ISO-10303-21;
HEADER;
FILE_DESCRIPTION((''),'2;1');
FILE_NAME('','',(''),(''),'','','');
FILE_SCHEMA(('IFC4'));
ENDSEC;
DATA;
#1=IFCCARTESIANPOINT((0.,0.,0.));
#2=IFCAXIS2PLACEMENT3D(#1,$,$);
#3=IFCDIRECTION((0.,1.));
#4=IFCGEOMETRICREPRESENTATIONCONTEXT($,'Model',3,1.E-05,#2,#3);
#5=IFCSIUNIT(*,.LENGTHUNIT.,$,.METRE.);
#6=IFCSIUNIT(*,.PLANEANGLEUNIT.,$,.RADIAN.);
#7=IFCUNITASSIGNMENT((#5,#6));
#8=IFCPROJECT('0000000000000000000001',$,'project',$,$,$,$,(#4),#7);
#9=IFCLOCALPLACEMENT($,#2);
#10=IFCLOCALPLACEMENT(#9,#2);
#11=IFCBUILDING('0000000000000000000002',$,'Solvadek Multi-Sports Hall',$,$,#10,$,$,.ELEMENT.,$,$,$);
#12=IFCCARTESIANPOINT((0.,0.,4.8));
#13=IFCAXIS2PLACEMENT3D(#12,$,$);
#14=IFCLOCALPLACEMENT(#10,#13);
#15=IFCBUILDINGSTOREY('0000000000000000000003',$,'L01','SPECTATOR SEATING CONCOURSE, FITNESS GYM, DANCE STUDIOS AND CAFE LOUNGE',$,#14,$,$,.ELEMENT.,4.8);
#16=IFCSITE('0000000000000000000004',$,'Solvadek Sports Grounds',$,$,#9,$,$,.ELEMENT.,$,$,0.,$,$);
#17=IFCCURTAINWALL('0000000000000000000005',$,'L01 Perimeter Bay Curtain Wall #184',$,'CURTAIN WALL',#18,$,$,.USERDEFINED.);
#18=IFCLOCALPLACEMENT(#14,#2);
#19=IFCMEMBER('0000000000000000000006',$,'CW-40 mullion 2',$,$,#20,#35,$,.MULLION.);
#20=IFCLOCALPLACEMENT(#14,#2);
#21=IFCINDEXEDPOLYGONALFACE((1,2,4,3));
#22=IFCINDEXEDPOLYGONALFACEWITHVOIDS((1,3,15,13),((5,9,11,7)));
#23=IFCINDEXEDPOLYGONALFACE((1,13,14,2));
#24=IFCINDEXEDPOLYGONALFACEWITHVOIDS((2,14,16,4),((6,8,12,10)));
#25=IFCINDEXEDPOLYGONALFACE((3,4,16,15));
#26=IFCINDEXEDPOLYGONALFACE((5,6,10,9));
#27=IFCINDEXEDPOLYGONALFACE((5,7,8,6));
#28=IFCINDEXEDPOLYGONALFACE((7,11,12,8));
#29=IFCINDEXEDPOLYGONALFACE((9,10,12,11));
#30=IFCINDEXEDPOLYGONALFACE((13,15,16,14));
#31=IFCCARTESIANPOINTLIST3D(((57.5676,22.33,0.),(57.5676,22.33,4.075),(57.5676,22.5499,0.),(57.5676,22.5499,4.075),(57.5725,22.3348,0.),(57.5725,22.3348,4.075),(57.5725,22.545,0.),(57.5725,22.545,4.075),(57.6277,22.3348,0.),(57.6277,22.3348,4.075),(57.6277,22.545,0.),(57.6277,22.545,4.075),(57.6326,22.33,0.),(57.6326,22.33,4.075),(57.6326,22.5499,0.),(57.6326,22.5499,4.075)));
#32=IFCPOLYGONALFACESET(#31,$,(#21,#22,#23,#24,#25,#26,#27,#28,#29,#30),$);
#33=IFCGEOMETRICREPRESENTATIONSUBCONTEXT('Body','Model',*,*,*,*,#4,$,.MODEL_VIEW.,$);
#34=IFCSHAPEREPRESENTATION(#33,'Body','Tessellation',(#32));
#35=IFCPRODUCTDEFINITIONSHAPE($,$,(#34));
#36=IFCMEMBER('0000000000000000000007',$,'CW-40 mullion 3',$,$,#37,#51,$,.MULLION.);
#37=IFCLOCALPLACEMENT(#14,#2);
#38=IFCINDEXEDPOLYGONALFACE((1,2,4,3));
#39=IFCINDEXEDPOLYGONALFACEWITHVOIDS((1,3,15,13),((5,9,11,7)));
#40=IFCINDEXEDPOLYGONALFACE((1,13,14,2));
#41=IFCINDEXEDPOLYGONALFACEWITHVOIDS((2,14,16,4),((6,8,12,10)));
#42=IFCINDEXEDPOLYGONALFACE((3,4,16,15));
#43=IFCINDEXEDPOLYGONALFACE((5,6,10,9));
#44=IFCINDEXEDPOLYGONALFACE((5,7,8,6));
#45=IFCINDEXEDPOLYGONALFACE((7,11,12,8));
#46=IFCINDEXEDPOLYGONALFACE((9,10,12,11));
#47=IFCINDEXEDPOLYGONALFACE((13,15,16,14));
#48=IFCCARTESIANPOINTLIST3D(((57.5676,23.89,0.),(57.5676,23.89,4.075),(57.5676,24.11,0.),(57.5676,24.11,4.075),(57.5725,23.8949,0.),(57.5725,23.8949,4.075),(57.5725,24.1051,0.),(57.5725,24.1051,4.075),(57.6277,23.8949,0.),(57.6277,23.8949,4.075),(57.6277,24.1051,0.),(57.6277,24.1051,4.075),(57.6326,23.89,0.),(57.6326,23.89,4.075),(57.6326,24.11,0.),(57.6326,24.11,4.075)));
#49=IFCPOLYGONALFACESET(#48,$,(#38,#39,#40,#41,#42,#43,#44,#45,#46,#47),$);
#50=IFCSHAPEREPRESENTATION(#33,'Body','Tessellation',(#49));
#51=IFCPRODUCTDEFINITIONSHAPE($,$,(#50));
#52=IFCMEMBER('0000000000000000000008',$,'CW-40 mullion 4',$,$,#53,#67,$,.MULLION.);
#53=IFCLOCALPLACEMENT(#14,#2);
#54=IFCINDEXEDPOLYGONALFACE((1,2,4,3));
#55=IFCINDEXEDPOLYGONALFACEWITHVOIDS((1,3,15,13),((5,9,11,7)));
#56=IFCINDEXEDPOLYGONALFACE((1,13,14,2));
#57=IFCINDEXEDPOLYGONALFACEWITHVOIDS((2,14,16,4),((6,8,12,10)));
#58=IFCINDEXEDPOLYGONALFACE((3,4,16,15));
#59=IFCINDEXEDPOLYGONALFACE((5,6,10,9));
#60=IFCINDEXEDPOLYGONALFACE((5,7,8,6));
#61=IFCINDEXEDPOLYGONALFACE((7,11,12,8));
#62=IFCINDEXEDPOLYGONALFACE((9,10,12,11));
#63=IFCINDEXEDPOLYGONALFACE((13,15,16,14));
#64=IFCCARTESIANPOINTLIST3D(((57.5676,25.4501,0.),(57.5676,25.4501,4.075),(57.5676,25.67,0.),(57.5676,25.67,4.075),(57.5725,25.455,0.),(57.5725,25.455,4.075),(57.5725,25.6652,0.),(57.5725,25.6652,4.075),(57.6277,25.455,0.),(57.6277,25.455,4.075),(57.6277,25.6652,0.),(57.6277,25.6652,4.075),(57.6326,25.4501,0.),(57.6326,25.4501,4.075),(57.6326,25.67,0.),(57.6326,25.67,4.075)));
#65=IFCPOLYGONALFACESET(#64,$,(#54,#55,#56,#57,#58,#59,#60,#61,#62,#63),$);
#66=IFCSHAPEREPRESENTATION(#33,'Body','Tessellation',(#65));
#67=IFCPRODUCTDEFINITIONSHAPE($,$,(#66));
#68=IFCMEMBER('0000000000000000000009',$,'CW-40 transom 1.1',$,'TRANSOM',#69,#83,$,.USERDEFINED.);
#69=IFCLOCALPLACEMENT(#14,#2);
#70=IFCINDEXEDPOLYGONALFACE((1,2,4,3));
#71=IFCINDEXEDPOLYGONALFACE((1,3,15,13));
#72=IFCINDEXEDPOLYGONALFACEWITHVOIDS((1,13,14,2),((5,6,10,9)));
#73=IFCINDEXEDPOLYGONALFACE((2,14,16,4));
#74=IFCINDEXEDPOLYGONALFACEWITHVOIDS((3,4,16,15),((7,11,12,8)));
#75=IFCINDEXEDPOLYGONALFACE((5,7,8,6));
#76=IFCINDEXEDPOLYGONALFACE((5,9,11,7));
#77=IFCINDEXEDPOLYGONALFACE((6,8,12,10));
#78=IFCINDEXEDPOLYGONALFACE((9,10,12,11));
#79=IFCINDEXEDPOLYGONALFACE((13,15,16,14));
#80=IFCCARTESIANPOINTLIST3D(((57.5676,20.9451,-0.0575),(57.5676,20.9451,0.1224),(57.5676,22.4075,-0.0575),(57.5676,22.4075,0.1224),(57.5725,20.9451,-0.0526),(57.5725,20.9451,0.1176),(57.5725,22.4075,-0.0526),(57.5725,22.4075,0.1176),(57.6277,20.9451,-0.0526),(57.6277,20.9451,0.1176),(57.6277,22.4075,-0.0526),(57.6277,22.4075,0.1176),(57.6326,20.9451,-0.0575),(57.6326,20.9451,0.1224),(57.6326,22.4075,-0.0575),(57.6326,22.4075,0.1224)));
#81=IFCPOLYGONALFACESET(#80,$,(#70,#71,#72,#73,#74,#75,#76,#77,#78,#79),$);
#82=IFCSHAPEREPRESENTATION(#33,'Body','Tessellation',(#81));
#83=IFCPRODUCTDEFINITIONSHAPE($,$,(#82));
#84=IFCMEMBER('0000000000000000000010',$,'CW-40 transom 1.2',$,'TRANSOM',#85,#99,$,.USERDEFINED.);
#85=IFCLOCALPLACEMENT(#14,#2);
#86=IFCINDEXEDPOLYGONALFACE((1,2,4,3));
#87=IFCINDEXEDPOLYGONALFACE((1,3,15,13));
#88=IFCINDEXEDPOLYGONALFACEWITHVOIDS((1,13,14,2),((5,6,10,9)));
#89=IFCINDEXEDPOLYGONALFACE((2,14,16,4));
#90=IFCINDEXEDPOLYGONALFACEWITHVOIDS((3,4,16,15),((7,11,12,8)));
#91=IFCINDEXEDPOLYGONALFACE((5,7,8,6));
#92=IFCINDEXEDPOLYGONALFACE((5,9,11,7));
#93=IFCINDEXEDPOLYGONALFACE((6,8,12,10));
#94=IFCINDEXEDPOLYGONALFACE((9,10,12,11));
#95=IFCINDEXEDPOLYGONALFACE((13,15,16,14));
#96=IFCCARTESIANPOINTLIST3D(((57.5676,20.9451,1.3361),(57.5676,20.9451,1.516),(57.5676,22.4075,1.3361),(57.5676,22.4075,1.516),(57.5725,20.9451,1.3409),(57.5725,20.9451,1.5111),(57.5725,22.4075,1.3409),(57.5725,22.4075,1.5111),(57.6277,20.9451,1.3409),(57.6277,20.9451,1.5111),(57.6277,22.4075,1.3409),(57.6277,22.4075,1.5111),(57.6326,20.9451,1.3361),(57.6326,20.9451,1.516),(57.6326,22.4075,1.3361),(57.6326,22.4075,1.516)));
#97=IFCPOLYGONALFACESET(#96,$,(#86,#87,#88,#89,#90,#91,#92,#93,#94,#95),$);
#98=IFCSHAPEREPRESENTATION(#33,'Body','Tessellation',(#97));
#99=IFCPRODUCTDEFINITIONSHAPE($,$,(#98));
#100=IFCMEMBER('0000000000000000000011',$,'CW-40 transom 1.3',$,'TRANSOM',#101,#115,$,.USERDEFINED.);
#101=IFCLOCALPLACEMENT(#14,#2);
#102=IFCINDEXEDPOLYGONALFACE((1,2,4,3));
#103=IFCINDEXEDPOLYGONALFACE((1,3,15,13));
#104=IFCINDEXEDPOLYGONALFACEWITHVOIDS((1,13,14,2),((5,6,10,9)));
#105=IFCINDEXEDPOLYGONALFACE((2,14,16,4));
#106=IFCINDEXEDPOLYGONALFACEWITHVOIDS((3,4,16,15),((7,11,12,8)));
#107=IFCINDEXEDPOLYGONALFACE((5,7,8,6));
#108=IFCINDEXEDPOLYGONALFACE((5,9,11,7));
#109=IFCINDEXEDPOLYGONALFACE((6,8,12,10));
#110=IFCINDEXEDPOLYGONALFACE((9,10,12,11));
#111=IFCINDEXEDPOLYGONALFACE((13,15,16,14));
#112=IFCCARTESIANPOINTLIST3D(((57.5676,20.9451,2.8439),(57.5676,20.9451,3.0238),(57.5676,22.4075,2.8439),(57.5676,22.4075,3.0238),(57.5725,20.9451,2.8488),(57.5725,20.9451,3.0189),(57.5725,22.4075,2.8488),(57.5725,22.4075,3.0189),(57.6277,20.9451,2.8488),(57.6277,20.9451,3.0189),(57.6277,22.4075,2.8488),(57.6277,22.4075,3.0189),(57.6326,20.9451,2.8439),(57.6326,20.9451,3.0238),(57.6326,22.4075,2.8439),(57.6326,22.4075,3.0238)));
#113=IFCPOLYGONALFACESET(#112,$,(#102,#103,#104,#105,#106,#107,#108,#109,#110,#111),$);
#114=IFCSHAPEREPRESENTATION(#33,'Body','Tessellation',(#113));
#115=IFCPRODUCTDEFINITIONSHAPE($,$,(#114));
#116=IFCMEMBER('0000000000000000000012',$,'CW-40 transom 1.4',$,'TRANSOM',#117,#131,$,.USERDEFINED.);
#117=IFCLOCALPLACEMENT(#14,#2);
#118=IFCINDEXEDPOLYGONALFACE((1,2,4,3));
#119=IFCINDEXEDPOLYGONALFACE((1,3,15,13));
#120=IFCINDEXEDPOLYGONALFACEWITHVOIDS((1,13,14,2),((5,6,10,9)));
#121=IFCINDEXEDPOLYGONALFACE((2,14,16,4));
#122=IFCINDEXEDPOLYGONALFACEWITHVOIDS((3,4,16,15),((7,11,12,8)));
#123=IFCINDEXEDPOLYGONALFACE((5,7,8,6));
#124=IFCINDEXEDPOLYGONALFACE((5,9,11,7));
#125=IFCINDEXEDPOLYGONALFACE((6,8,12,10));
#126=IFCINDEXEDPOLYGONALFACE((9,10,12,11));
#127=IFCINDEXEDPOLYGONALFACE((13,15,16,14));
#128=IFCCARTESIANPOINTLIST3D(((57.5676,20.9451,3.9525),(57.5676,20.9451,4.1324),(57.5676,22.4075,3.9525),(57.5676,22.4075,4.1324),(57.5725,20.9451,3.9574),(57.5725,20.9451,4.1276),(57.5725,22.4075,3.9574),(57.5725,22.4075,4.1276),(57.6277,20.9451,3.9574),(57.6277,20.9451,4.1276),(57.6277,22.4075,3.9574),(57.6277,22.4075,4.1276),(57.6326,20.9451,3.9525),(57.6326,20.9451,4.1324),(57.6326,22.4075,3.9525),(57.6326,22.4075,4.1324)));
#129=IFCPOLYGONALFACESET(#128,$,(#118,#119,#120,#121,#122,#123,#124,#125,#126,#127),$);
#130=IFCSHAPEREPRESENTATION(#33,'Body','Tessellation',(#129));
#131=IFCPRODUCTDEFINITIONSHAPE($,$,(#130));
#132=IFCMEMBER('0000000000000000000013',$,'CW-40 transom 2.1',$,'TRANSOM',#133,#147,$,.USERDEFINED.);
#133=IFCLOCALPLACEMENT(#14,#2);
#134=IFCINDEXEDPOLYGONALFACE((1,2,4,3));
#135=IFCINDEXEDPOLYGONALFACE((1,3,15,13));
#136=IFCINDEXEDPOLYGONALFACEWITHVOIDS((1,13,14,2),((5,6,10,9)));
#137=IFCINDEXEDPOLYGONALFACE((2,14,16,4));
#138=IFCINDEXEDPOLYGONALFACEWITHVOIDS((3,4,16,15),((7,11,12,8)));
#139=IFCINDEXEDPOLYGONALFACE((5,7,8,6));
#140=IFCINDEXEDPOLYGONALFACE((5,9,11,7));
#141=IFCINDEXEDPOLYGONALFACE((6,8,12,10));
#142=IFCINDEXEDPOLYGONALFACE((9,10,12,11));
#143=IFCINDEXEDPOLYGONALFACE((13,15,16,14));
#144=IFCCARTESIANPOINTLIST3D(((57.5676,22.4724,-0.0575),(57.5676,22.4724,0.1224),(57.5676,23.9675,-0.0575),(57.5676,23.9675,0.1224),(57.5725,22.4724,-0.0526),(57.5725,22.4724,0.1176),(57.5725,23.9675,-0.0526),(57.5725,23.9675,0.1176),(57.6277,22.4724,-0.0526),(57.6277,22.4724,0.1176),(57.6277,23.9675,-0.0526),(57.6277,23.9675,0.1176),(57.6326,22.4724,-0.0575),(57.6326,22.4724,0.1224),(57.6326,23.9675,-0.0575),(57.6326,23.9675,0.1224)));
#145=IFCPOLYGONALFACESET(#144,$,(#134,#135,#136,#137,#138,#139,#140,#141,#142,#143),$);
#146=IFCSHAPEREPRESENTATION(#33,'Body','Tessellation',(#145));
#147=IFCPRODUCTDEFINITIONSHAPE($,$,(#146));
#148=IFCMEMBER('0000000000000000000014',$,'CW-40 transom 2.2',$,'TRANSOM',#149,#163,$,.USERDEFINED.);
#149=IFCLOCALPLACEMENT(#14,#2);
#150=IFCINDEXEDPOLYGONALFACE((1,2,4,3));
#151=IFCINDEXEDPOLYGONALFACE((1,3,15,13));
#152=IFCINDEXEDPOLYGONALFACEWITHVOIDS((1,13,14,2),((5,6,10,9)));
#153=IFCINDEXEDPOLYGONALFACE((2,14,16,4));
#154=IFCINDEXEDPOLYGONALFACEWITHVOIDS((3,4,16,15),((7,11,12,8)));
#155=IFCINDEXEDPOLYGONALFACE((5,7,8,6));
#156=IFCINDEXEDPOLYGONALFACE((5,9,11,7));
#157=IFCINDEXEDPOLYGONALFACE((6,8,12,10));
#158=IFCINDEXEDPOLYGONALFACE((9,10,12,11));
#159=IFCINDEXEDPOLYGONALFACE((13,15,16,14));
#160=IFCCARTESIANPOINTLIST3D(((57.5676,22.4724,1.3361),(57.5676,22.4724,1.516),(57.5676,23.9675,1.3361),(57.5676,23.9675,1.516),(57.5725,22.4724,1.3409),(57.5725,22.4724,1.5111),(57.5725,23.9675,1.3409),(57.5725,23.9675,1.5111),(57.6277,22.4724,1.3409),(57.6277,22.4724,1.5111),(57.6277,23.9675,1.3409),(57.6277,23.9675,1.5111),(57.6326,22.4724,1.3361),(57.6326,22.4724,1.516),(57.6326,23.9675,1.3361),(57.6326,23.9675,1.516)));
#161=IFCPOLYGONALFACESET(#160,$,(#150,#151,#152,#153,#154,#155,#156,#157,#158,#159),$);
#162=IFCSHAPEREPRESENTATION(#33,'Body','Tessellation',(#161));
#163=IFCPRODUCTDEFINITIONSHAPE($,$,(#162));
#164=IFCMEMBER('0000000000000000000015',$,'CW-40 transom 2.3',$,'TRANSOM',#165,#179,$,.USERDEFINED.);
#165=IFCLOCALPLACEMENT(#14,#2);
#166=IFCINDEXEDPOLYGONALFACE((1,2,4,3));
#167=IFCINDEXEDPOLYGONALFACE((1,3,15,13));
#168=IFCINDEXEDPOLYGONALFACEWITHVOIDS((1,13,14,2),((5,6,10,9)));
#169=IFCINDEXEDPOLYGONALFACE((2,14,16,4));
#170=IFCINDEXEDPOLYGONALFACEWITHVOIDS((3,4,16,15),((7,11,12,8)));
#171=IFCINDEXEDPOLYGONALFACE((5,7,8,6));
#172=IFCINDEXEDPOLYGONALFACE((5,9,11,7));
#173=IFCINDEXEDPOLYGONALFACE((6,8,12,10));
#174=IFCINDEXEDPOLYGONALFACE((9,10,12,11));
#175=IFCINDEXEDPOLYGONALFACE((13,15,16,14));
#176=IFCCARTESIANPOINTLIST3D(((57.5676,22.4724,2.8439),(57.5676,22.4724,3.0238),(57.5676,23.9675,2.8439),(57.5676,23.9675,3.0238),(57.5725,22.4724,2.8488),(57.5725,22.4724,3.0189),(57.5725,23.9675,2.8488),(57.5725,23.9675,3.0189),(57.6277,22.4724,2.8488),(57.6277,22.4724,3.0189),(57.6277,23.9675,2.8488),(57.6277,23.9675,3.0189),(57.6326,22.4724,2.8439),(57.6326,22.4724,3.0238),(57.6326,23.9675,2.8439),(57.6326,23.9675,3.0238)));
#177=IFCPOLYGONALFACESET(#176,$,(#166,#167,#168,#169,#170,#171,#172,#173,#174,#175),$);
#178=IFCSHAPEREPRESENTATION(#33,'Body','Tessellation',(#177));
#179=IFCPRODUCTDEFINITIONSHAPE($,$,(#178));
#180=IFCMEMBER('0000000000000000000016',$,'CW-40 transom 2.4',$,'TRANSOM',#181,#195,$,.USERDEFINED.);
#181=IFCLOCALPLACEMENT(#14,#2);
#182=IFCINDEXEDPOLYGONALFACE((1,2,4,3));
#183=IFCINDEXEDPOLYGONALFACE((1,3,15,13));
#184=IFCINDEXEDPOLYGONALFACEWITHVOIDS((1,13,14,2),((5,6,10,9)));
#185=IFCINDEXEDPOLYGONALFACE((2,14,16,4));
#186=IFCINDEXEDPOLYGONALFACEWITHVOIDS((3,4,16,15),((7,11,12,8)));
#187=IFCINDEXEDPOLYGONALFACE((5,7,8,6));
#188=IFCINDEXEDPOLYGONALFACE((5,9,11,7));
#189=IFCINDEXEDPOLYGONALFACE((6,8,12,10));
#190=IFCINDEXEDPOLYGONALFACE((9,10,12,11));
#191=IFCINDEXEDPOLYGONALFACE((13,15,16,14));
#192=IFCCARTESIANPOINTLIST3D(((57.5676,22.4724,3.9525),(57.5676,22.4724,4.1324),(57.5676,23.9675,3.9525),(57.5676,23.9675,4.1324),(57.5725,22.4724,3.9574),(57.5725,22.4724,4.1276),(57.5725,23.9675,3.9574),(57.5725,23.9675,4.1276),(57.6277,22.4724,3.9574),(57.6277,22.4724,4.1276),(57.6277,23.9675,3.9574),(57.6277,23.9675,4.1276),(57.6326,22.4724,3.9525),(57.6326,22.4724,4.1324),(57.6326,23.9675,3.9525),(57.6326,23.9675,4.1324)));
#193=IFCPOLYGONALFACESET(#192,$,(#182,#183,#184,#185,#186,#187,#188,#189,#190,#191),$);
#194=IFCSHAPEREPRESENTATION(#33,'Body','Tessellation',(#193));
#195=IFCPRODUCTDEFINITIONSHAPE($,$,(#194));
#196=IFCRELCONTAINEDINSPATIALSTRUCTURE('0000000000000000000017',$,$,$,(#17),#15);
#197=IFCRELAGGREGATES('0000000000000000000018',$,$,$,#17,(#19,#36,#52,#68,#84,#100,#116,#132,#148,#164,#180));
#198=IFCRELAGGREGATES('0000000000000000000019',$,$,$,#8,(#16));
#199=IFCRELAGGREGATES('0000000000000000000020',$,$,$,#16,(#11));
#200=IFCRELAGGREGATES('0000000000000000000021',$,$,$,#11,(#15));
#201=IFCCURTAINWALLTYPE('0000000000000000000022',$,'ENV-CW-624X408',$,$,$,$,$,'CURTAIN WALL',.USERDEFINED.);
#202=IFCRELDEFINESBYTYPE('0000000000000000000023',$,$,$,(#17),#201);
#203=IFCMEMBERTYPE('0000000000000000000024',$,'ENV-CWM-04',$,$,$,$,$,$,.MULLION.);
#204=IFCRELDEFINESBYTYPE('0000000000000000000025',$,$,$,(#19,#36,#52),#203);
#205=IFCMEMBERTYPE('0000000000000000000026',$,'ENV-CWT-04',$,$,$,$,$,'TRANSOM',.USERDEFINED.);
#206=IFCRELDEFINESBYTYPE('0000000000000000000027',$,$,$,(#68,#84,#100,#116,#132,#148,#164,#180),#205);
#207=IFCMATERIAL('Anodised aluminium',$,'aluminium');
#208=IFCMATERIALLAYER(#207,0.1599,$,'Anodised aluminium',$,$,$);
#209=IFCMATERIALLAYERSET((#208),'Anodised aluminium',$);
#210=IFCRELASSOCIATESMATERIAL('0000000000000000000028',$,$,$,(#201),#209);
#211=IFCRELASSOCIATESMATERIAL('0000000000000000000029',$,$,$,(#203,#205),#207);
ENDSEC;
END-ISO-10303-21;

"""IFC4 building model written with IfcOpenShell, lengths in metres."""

from ifc_helpers import new_model, si_unit, direction, frame, origin, origin_2d, place, context, subcontext, project, spatial, hollow_rectangle, extrude, material, layer, layer_set, material_profile, profile_set, type_object, element, aggregate, save


model = new_model("IFC4")

# Units and contexts
model_context = context("Model", 3, precision=1e-05, world=origin(), true_north=direction((0.0, 1.0)))
body_context = subcontext(model_context, "Body", "Model", "MODEL_VIEW")
ifc_project = project(units=[si_unit("LENGTHUNIT", "METRE"), si_unit("PLANEANGLEUNIT", "RADIAN")], contexts=[model_context])

# Site, building, storey
site_placement = place(None, origin())
site = spatial("IfcSite", under=ifc_project, at=site_placement, Name="Solvadek Sports Grounds", CompositionType="ELEMENT", RefElevation=0.0)
building_placement = place(site_placement, origin())
building = spatial("IfcBuilding", under=site, at=building_placement, Name="Solvadek Multi-Sports Hall", CompositionType="ELEMENT")
storey_placement = place(building_placement, frame((0.0, 0.0, 4.8)))
storey = spatial("IfcBuildingStorey", under=building, at=storey_placement, Name="L01", Description="SPECTATOR SEATING CONCOURSE, FITNESS GYM, DANCE STUDIOS AND CAFE LOUNGE", CompositionType="ELEMENT", Elevation=4.8)

# Curtain wall, members
ifc_material_1 = material(Name="Anodised aluminium", Category="aluminium")
ifc_layer_1 = layer(ifc_material_1, 0.1599, Name="Anodised aluminium")
ifc_layer_set_1 = layer_set([ifc_layer_1], Name="Anodised aluminium")
curtain_wall_type = type_object("IfcCurtainWallType", Name="ENV-CW-624X408", ElementType="CURTAIN WALL", PredefinedType="USERDEFINED", material=ifc_layer_set_1)
curtain_wall_placement = place(storey_placement, origin())
curtain_wall = element("IfcCurtainWall", 1, at=curtain_wall_placement, inside=storey, type_object=curtain_wall_type, Name="L01 Perimeter Bay Curtain Wall #184", ObjectType="CURTAIN WALL", PredefinedType="USERDEFINED")
ifc_material_profile_1 = material_profile(ifc_material_1, hollow_rectangle(XDim=0.0649, YDim=0.22, WallThickness=0.0049, at=origin_2d()), Name="ALU-M 220x65x5")
ifc_profile_set_1 = profile_set([ifc_material_profile_1], Name="Anodised aluminium")
member_type_1 = type_object("IfcMemberType", Name="ENV-CWM-04", PredefinedType="MULLION", material=ifc_profile_set_1)
member_1_placement = place(storey_placement, frame((57.6001, 22.4399, 0.0), z_axis=(0.0, 0.0, 1.0), x_axis=(-1.0, 0.0, 0.0)))
member_1 = element("IfcMember", 2, at=member_1_placement, type_object=member_type_1, Name="CW-40 mullion 2", PredefinedType="MULLION", context=body_context, shape_type="SweptSolid", body=[
    extrude(hollow_rectangle(XDim=0.0649, YDim=0.22, WallThickness=0.0049, at=origin_2d()), origin(), (0.0, 0.0, 1.0), 4.075),
])
member_2_placement = place(storey_placement, frame((57.6001, 24.0, 0.0), z_axis=(0.0, 0.0, 1.0), x_axis=(-1.0, 0.0, 0.0)))
member_2 = element("IfcMember", 3, at=member_2_placement, type_object=member_type_1, Name="CW-40 mullion 3", PredefinedType="MULLION", context=body_context, shape_type="SweptSolid", body=[
    extrude(hollow_rectangle(XDim=0.0649, YDim=0.22, WallThickness=0.0049, at=origin_2d()), origin(), (0.0, 0.0, 1.0), 4.075),
])
member_3_placement = place(storey_placement, frame((57.6001, 25.5601, 0.0), z_axis=(0.0, 0.0, 1.0), x_axis=(-1.0, 0.0, 0.0)))
member_3 = element("IfcMember", 4, at=member_3_placement, type_object=member_type_1, Name="CW-40 mullion 4", PredefinedType="MULLION", context=body_context, shape_type="SweptSolid", body=[
    extrude(hollow_rectangle(XDim=0.0649, YDim=0.22, WallThickness=0.0049, at=origin_2d()), origin(), (0.0, 0.0, 1.0), 4.075),
])
ifc_material_profile_2 = material_profile(ifc_material_1, hollow_rectangle(XDim=0.0649, YDim=0.1799, WallThickness=0.0049, at=origin_2d()), Name="ALU-T 180x65x5")
ifc_profile_set_2 = profile_set([ifc_material_profile_2], Name="Anodised aluminium")
member_type_2 = type_object("IfcMemberType", Name="ENV-CWT-04", ElementType="TRANSOM", PredefinedType="USERDEFINED", material=ifc_profile_set_2)
member_4_placement = place(storey_placement, frame((57.6001, 20.9451, 0.0325), z_axis=(0.0, 1.0, 0.0), x_axis=(-1.0, 0.0, 0.0)))
member_4 = element("IfcMember", 5, at=member_4_placement, type_object=member_type_2, Name="CW-40 transom 1.1", ObjectType="TRANSOM", PredefinedType="USERDEFINED", context=body_context, shape_type="SweptSolid", body=[
    extrude(hollow_rectangle(XDim=0.0649, YDim=0.1799, WallThickness=0.0049, at=origin_2d()), origin(), (0.0, 0.0, 1.0), 1.4624),
])
member_5_placement = place(storey_placement, frame((57.6001, 20.9451, 1.426), z_axis=(0.0, 1.0, 0.0), x_axis=(-1.0, 0.0, 0.0)))
member_5 = element("IfcMember", 6, at=member_5_placement, type_object=member_type_2, Name="CW-40 transom 1.2", ObjectType="TRANSOM", PredefinedType="USERDEFINED", context=body_context, shape_type="SweptSolid", body=[
    extrude(hollow_rectangle(XDim=0.0649, YDim=0.1799, WallThickness=0.0049, at=origin_2d()), origin(), (0.0, 0.0, 1.0), 1.4624),
])
member_6_placement = place(storey_placement, frame((57.6001, 20.9451, 2.9338), z_axis=(0.0, 1.0, 0.0), x_axis=(-1.0, 0.0, 0.0)))
member_6 = element("IfcMember", 7, at=member_6_placement, type_object=member_type_2, Name="CW-40 transom 1.3", ObjectType="TRANSOM", PredefinedType="USERDEFINED", context=body_context, shape_type="SweptSolid", body=[
    extrude(hollow_rectangle(XDim=0.0649, YDim=0.1799, WallThickness=0.0049, at=origin_2d()), origin(), (0.0, 0.0, 1.0), 1.4624),
])
member_7_placement = place(storey_placement, frame((57.6001, 20.9451, 4.0425), z_axis=(0.0, 1.0, 0.0), x_axis=(-1.0, 0.0, 0.0)))
member_7 = element("IfcMember", 8, at=member_7_placement, type_object=member_type_2, Name="CW-40 transom 1.4", ObjectType="TRANSOM", PredefinedType="USERDEFINED", context=body_context, shape_type="SweptSolid", body=[
    extrude(hollow_rectangle(XDim=0.0649, YDim=0.1799, WallThickness=0.0049, at=origin_2d()), origin(), (0.0, 0.0, 1.0), 1.4624),
])
member_8_placement = place(storey_placement, frame((57.6001, 22.4724, 0.0325), z_axis=(0.0, 1.0, 0.0), x_axis=(-1.0, 0.0, 0.0)))
member_8 = element("IfcMember", 9, at=member_8_placement, type_object=member_type_2, Name="CW-40 transom 2.1", ObjectType="TRANSOM", PredefinedType="USERDEFINED", context=body_context, shape_type="SweptSolid", body=[
    extrude(hollow_rectangle(XDim=0.0649, YDim=0.1799, WallThickness=0.0049, at=origin_2d()), origin(), (0.0, 0.0, 1.0), 1.4951),
])
member_9_placement = place(storey_placement, frame((57.6001, 22.4724, 1.426), z_axis=(0.0, 1.0, 0.0), x_axis=(-1.0, 0.0, 0.0)))
member_9 = element("IfcMember", 10, at=member_9_placement, type_object=member_type_2, Name="CW-40 transom 2.2", ObjectType="TRANSOM", PredefinedType="USERDEFINED", context=body_context, shape_type="SweptSolid", body=[
    extrude(hollow_rectangle(XDim=0.0649, YDim=0.1799, WallThickness=0.0049, at=origin_2d()), origin(), (0.0, 0.0, 1.0), 1.4951),
])
member_10_placement = place(storey_placement, frame((57.6001, 22.4724, 2.9338), z_axis=(0.0, 1.0, 0.0), x_axis=(-1.0, 0.0, 0.0)))
member_10 = element("IfcMember", 11, at=member_10_placement, type_object=member_type_2, Name="CW-40 transom 2.3", ObjectType="TRANSOM", PredefinedType="USERDEFINED", context=body_context, shape_type="SweptSolid", body=[
    extrude(hollow_rectangle(XDim=0.0649, YDim=0.1799, WallThickness=0.0049, at=origin_2d()), origin(), (0.0, 0.0, 1.0), 1.4951),
])
member_11_placement = place(storey_placement, frame((57.6001, 22.4724, 4.0425), z_axis=(0.0, 1.0, 0.0), x_axis=(-1.0, 0.0, 0.0)))
member_11 = element("IfcMember", 12, at=member_11_placement, type_object=member_type_2, Name="CW-40 transom 2.4", ObjectType="TRANSOM", PredefinedType="USERDEFINED", context=body_context, shape_type="SweptSolid", body=[
    extrude(hollow_rectangle(XDim=0.0649, YDim=0.1799, WallThickness=0.0049, at=origin_2d()), origin(), (0.0, 0.0, 1.0), 1.4951),
])
aggregate(curtain_wall, [member_1, member_2, member_3, member_4, member_5, member_6, member_7, member_8, member_9, member_10, member_11])

save(model, "model.ifc")
